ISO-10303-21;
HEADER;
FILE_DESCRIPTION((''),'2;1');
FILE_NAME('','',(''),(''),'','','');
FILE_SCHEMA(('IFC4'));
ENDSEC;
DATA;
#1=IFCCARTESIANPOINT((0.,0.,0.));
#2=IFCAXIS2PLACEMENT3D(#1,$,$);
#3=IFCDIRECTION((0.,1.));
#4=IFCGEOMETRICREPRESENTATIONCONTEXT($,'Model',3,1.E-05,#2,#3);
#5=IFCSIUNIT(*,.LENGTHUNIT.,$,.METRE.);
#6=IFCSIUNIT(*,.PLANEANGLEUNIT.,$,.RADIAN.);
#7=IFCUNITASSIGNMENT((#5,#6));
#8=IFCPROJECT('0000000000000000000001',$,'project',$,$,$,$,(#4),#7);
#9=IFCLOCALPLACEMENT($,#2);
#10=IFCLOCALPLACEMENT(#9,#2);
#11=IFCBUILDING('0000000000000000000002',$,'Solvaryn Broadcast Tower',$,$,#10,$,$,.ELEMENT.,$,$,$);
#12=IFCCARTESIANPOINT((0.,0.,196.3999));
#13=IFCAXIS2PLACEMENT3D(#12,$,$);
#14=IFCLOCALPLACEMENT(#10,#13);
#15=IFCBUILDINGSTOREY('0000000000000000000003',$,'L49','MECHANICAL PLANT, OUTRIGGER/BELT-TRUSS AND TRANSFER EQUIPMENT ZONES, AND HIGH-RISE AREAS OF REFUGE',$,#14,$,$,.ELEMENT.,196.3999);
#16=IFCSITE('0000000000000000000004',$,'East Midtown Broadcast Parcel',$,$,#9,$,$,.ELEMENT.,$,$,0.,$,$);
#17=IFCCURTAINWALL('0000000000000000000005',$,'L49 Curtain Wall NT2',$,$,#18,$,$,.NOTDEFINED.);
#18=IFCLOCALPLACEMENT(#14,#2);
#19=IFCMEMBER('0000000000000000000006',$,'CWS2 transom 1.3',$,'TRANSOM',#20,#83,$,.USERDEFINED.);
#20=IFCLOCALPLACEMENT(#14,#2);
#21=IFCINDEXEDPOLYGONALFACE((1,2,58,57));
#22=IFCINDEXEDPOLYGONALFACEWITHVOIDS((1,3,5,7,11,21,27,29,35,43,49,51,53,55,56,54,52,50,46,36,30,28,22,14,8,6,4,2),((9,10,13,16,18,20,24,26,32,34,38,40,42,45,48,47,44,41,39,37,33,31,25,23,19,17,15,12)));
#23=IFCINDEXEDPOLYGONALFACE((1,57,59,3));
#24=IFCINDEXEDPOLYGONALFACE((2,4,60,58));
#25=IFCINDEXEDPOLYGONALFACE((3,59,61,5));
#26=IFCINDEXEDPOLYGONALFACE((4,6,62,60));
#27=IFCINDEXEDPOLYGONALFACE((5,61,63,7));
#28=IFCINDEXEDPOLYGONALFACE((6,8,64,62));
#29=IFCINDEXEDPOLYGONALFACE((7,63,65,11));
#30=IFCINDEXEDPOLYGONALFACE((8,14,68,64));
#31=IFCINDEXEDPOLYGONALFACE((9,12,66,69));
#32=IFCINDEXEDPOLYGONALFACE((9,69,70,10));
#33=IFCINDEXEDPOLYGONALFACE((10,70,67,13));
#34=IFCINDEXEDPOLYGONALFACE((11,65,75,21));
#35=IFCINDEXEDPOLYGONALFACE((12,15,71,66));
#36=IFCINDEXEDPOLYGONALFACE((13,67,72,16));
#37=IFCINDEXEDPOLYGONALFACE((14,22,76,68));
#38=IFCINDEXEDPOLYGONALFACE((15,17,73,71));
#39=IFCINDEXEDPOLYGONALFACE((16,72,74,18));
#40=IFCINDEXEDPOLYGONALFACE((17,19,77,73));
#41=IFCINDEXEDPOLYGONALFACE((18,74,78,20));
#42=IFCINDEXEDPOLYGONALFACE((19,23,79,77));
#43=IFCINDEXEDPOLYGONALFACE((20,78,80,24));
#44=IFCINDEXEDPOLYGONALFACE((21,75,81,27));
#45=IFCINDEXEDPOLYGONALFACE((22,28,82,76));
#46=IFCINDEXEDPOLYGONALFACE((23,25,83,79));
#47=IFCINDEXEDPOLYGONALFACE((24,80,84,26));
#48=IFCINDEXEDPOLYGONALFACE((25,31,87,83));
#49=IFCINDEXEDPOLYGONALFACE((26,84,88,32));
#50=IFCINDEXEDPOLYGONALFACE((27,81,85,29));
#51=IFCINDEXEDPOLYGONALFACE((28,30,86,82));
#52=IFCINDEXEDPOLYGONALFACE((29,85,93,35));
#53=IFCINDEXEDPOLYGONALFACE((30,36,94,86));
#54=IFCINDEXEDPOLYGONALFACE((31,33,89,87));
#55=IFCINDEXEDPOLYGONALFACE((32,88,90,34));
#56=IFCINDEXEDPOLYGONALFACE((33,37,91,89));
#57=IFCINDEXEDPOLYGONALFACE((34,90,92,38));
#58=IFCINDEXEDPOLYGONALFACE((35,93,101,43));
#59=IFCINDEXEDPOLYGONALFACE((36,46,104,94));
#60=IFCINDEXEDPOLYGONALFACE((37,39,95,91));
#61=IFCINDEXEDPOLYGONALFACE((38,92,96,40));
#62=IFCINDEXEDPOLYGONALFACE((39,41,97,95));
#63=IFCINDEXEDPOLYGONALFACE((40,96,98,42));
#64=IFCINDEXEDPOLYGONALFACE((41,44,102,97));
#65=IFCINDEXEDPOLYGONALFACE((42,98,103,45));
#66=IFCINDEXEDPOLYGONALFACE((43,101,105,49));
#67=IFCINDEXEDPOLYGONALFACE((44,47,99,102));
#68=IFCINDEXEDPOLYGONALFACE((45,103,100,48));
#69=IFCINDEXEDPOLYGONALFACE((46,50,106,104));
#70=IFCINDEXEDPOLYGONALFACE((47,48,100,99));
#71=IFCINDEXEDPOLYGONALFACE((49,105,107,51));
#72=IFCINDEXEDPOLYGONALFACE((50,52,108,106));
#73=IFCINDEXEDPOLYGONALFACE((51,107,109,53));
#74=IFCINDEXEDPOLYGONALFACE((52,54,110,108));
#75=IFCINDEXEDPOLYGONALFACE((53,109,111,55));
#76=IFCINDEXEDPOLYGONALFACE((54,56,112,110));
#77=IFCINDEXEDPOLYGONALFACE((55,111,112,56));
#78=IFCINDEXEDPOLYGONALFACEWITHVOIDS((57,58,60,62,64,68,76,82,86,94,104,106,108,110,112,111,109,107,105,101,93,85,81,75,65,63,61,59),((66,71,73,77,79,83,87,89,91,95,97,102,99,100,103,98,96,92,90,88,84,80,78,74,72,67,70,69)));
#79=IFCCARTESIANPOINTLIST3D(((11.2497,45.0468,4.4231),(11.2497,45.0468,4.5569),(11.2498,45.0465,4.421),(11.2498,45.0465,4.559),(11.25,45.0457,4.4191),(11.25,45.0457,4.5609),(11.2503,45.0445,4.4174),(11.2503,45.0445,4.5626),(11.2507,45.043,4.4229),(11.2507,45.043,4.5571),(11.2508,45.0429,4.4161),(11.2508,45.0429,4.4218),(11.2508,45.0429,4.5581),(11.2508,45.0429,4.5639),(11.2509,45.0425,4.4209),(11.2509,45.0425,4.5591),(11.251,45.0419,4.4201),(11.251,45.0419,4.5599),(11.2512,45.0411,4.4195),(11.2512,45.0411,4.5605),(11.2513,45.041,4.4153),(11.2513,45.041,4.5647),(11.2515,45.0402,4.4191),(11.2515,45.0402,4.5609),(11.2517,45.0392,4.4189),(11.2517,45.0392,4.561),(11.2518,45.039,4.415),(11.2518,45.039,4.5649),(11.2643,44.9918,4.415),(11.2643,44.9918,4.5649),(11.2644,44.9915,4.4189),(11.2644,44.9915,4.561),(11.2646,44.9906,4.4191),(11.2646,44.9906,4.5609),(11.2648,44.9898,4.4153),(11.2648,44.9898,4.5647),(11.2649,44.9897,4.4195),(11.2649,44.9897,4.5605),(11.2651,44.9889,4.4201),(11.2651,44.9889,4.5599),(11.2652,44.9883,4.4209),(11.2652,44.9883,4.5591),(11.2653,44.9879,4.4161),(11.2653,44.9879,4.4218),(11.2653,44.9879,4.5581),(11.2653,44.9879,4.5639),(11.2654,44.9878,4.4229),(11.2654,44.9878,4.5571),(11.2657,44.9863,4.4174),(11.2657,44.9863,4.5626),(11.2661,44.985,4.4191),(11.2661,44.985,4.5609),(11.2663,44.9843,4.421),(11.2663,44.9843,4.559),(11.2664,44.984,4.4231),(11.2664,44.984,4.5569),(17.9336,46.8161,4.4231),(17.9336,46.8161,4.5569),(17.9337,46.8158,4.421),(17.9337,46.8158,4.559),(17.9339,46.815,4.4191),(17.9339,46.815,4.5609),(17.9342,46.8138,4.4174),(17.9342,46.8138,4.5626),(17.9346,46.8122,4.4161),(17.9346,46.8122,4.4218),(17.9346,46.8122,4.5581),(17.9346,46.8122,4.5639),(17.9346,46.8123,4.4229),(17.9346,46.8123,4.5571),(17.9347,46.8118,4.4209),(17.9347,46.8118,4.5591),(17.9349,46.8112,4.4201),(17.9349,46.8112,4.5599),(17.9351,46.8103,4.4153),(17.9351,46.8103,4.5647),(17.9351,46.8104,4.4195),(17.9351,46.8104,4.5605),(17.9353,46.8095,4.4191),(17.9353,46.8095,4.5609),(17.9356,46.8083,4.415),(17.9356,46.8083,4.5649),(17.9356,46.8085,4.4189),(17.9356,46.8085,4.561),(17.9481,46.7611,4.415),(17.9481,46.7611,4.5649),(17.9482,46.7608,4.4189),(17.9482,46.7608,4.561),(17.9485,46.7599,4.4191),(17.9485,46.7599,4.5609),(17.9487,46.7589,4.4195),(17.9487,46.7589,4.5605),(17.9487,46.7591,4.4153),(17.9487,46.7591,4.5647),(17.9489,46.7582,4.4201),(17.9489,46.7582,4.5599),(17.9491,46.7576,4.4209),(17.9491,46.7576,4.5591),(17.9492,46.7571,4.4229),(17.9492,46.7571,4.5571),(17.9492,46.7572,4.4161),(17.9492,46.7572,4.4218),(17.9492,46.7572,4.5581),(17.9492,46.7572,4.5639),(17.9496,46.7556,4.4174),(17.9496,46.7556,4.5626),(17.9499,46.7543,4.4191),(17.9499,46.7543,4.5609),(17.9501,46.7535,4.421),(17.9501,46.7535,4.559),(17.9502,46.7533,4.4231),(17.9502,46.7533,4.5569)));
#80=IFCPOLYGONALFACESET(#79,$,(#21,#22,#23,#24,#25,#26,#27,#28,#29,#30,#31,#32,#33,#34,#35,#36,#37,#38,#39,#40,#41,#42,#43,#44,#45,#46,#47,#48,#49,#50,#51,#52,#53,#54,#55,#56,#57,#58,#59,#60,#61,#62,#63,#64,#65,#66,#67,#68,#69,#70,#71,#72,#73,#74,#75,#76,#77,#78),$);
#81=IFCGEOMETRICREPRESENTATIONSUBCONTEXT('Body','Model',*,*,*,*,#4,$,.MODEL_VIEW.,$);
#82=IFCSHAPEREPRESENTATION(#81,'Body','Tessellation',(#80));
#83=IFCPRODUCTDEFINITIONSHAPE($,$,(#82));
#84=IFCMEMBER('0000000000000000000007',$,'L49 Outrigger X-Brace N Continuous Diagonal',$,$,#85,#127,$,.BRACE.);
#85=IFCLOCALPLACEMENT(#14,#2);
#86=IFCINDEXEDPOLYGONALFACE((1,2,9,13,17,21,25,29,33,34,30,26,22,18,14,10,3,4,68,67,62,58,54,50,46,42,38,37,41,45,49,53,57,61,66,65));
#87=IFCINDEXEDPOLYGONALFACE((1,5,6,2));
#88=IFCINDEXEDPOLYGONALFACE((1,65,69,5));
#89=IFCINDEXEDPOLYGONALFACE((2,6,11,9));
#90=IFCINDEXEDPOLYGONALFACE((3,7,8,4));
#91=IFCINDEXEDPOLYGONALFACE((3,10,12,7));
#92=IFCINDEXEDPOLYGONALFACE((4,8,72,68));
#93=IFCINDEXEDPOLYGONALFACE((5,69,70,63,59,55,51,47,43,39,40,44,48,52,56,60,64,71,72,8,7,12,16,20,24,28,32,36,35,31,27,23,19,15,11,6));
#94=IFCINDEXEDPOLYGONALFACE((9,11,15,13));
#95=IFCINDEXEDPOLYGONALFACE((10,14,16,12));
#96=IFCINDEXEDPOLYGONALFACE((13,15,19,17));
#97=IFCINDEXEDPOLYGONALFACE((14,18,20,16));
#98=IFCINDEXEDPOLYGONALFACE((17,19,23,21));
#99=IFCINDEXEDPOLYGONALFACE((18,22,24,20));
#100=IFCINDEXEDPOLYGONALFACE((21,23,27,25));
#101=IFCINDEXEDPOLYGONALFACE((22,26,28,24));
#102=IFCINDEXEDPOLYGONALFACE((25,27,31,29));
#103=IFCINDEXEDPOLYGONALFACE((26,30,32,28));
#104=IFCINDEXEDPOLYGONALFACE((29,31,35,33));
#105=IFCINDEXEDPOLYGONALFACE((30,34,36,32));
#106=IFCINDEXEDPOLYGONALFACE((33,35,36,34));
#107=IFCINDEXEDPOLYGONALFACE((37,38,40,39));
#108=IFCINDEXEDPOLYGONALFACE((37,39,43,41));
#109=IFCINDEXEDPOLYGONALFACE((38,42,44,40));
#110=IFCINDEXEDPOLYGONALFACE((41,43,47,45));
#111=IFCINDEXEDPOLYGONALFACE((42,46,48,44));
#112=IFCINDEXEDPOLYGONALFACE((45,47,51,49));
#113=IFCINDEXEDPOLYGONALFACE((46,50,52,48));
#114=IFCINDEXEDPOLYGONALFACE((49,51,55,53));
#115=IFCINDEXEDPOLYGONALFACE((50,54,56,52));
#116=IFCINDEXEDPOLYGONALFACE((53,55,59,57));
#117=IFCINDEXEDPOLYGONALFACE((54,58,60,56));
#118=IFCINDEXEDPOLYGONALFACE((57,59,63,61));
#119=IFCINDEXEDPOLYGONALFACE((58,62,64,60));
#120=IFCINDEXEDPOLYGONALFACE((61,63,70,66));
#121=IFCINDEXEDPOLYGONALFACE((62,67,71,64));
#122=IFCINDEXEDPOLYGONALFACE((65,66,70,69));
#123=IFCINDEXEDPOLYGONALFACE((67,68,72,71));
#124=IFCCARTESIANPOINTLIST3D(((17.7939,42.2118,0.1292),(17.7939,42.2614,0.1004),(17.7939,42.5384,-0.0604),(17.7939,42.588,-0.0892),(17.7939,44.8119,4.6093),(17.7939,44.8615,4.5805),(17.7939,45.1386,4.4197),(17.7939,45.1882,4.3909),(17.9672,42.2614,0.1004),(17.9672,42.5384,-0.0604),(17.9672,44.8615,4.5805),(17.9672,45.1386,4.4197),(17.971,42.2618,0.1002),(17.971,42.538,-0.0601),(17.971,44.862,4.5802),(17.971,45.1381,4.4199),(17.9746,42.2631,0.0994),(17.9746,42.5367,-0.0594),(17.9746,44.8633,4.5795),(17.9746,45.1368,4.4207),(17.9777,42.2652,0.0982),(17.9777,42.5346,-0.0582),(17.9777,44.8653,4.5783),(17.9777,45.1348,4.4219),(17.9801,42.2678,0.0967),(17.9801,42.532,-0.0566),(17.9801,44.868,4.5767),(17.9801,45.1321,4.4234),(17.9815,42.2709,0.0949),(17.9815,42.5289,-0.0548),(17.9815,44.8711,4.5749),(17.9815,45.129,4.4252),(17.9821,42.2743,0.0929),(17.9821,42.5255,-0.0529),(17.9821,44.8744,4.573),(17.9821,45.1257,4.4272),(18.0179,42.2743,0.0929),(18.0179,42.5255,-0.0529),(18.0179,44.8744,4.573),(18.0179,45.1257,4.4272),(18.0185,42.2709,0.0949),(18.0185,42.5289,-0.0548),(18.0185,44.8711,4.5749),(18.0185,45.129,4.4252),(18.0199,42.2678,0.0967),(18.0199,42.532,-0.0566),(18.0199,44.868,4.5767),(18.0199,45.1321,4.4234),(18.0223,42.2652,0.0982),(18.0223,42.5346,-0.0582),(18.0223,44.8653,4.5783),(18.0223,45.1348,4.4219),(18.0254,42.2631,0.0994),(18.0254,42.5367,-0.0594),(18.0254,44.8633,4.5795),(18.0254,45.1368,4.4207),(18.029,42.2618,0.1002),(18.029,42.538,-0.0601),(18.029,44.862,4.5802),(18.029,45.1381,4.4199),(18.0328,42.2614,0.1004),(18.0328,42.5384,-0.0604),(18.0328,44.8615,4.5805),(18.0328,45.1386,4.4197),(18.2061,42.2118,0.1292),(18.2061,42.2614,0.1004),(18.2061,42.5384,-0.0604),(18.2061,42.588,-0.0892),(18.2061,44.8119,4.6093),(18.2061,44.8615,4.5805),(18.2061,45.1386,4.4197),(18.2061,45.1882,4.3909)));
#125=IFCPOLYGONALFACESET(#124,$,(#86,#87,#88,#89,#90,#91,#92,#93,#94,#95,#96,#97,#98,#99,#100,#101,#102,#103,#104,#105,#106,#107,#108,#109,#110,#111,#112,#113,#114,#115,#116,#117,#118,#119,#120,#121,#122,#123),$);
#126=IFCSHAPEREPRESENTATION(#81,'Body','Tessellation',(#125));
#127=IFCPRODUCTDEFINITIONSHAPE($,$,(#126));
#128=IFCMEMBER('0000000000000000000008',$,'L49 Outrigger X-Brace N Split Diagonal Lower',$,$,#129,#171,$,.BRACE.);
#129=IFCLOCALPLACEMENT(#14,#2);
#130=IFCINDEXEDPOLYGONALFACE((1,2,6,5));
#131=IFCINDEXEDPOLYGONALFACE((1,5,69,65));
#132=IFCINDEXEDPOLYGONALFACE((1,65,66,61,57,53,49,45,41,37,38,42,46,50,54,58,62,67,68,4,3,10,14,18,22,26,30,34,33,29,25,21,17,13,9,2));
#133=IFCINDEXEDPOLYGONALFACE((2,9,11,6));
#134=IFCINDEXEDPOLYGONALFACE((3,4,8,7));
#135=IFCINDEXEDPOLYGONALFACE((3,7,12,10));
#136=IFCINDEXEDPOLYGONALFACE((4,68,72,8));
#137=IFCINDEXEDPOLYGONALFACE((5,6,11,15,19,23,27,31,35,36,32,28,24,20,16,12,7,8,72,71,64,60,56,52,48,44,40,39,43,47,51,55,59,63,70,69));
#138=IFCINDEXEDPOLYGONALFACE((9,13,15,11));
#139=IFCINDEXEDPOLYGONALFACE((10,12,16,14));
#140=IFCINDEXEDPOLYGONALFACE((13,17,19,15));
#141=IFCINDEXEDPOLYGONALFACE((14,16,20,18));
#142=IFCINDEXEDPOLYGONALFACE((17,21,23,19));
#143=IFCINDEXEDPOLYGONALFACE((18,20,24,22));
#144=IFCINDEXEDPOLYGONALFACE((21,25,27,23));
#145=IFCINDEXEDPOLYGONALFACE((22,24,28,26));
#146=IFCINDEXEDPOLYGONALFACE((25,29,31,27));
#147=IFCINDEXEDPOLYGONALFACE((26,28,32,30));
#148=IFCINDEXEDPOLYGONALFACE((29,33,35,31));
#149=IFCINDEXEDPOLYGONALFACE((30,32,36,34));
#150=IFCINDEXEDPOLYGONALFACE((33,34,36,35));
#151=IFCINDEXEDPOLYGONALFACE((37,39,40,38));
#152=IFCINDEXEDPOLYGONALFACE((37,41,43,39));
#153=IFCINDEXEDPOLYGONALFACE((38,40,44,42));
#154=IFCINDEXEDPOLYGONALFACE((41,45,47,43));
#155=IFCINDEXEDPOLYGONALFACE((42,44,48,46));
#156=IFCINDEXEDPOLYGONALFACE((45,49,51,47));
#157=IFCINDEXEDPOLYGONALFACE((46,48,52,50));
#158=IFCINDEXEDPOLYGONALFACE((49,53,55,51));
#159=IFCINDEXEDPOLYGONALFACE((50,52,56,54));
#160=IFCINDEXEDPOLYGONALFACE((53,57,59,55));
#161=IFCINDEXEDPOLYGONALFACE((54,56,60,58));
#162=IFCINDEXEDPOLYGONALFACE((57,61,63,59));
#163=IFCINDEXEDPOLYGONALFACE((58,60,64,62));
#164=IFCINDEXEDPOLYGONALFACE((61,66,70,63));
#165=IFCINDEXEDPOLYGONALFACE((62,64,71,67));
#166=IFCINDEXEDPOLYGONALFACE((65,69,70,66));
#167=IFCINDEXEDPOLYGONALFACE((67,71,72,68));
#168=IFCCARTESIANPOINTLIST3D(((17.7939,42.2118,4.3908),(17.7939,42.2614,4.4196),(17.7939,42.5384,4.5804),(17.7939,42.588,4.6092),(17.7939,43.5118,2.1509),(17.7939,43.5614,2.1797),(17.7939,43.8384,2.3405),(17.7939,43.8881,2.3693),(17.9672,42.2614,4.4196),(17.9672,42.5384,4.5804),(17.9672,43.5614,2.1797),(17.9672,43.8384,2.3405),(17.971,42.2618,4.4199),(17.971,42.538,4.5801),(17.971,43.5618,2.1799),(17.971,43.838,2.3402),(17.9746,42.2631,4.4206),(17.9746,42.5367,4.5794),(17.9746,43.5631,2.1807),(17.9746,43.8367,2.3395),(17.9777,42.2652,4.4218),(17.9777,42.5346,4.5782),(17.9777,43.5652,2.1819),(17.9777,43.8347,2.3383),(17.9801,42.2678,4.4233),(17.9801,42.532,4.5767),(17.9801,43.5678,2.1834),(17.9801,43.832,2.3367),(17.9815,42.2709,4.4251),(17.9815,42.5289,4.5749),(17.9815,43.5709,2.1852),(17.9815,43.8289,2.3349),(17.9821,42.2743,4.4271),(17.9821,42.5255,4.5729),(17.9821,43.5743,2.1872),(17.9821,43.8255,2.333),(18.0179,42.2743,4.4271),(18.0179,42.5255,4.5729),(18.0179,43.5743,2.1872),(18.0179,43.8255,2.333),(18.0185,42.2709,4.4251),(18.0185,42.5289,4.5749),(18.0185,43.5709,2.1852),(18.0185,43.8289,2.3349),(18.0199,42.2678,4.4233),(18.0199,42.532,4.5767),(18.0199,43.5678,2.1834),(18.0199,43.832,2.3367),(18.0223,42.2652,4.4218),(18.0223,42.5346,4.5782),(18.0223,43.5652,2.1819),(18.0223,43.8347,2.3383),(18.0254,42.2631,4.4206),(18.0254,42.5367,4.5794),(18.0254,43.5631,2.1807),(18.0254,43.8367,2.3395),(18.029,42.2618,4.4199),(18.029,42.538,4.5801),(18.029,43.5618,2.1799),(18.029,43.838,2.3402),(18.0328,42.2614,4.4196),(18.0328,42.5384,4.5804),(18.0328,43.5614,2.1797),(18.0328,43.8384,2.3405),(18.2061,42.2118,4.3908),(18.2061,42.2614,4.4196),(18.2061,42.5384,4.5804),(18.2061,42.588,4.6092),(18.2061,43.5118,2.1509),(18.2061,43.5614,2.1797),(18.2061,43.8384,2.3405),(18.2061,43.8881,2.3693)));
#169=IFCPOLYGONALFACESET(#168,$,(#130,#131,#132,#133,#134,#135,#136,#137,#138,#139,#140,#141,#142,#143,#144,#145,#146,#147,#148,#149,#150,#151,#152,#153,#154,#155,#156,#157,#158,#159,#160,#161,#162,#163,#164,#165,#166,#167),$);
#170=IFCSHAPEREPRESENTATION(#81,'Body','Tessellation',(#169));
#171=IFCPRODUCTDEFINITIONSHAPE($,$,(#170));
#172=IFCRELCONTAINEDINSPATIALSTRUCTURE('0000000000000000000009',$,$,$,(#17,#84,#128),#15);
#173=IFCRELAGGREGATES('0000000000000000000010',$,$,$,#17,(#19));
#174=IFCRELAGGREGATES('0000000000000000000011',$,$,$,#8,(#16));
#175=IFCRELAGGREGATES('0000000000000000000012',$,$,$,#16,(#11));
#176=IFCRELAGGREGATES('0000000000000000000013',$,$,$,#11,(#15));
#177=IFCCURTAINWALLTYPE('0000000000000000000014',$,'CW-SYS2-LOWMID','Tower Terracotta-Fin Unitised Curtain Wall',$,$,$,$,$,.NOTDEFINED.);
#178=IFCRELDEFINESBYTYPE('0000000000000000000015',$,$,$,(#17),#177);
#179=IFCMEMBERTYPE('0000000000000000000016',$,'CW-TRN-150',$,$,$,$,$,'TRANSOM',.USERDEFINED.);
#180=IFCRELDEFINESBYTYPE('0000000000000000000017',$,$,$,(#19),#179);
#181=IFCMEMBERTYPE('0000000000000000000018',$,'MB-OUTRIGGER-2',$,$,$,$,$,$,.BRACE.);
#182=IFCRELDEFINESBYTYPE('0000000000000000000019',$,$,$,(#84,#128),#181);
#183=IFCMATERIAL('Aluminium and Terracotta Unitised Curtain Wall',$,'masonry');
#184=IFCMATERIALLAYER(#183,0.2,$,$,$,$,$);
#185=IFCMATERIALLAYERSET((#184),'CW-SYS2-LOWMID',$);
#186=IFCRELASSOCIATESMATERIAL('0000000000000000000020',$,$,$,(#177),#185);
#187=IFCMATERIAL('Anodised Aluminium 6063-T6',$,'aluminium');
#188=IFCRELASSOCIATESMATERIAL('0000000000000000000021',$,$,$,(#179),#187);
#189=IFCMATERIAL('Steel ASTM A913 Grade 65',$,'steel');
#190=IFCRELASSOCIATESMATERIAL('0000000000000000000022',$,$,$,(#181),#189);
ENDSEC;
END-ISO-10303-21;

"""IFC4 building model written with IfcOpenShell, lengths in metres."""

from ifc_helpers import new_model, si_unit, direction, frame, origin, origin_2d, place, context, subcontext, project, spatial, hollow_rectangle, i_section, extrude, material, layer, layer_set, material_profile, profile_set, type_object, element, aggregate, save


model = new_model("IFC4")

# Units and contexts
model_context = context("Model", 3, precision=1e-05, world=origin(), true_north=direction((0.0, 1.0)))
body_context = subcontext(model_context, "Body", "Model", "MODEL_VIEW")
ifc_project = project(units=[si_unit("LENGTHUNIT", "METRE"), si_unit("PLANEANGLEUNIT", "RADIAN")], contexts=[model_context])

# Site, building, storey
site_placement = place(None, origin())
site = spatial("IfcSite", under=ifc_project, at=site_placement, Name="East Midtown Broadcast Parcel", CompositionType="ELEMENT", RefElevation=0.0)
building_placement = place(site_placement, origin())
building = spatial("IfcBuilding", under=site, at=building_placement, Name="Solvaryn Broadcast Tower", CompositionType="ELEMENT")
storey_placement = place(building_placement, frame((0.0, 0.0, 196.3999)))
storey = spatial("IfcBuildingStorey", under=building, at=storey_placement, Name="L49", Description="MECHANICAL PLANT, OUTRIGGER/BELT-TRUSS AND TRANSFER EQUIPMENT ZONES, AND HIGH-RISE AREAS OF REFUGE", CompositionType="ELEMENT", Elevation=196.3999)

# Shared definitions
ifc_material_1 = material(Name="Aluminium and Terracotta Unitised Curtain Wall", Category="masonry")
ifc_layer_1 = layer(ifc_material_1, 0.2)
ifc_layer_set_1 = layer_set([ifc_layer_1], Name="CW-SYS2-LOWMID")
curtain_wall_type = type_object("IfcCurtainWallType", Name="CW-SYS2-LOWMID", Description="Tower Terracotta-Fin Unitised Curtain Wall", PredefinedType="NOTDEFINED", material=ifc_layer_set_1)

# Curtain wall
curtain_wall_1_placement = place(storey_placement, origin())
curtain_wall_1 = element("IfcCurtainWall", 1, at=curtain_wall_1_placement, inside=storey, type_object=curtain_wall_type, Name="L49 Curtain Wall NT2", PredefinedType="NOTDEFINED")

# Member
ifc_material_2 = material(Name="Anodised Aluminium 6063-T6", Category="aluminium")
ifc_material_profile_1 = material_profile(ifc_material_2, hollow_rectangle(XDim=0.0649, YDim=0.1499, WallThickness=0.0039, InnerFilletRadius=0.0039, OuterFilletRadius=0.0081, at=origin_2d()))
ifc_profile_set_1 = profile_set([ifc_material_profile_1], Name="Anodised Aluminium 6063-T6")
member_type_1 = type_object("IfcMemberType", Name="CW-TRN-150", ElementType="TRANSOM", PredefinedType="USERDEFINED", material=ifc_profile_set_1)
member_1_placement = place(storey_placement, frame((17.9419, 46.7847, 4.49), z_axis=(-0.966704, -0.255897, 0.0), x_axis=(0.255897, -0.966704, 0.0)))
member_1 = element("IfcMember", 2, at=member_1_placement, type_object=member_type_1, Name="CWS2 transom 1.3", ObjectType="TRANSOM", PredefinedType="USERDEFINED", context=body_context, shape_type="SweptSolid", body=[
    extrude(hollow_rectangle(XDim=0.0649, YDim=0.1499, WallThickness=0.0039, InnerFilletRadius=0.0039, OuterFilletRadius=0.0081, at=origin_2d()), origin(), (0.0, 0.0, 1.0), 6.9141),
])
aggregate(curtain_wall_1, [member_1])

# Members
ifc_material_3 = material(Name="Steel ASTM A913 Grade 65", Category="steel")
ifc_material_profile_2 = material_profile(ifc_material_3, i_section(OverallWidth=0.4121, OverallDepth=0.4351, WebThickness=0.0359, FlangeThickness=0.0574, FilletRadius=0.0149, at=origin_2d()))
ifc_profile_set_2 = profile_set([ifc_material_profile_2], Name="Steel ASTM A913 Grade 65")
member_type_2 = type_object("IfcMemberType", Name="MB-OUTRIGGER-2", PredefinedType="BRACE", material=ifc_profile_set_2)
member_2_placement = place(storey_placement, frame((18.0, 42.3999, 0.02), z_axis=(0.0, 0.501965, 0.864888), x_axis=(-1.0, 0.0, 0.0)))
element("IfcMember", 3, at=member_2_placement, inside=storey, type_object=member_type_2, Name="L49 Outrigger X-Brace N Continuous Diagonal", PredefinedType="BRACE", context=body_context, shape_type="SweptSolid", body=[
    extrude(i_section(OverallWidth=0.4121, OverallDepth=0.4351, WebThickness=0.0359, FlangeThickness=0.0574, FilletRadius=0.0149, at=origin_2d()), origin(), (0.0, 0.0, 1.0), 5.1799),
])
for number, where, z_axis, x_axis, name in (
    (4, (18.0, 42.3999, 4.5), (0.0, 0.501965, -0.864888), (-1.0, 0.0, 0.0), "L49 Outrigger X-Brace N Split Diagonal Lower"),
):
    element("IfcMember", number, at=place(storey_placement, frame(where, z_axis=z_axis, x_axis=x_axis)), inside=storey, type_object=member_type_2, Name=name, PredefinedType="BRACE", context=body_context, shape_type="SweptSolid", body=[
        extrude(i_section(OverallWidth=0.4121, OverallDepth=0.4351, WebThickness=0.0359, FlangeThickness=0.0574, FilletRadius=0.0149, at=origin_2d()), origin(), (0.0, 0.0, 1.0), 2.5898),
    ])

save(model, "model.ifc")
